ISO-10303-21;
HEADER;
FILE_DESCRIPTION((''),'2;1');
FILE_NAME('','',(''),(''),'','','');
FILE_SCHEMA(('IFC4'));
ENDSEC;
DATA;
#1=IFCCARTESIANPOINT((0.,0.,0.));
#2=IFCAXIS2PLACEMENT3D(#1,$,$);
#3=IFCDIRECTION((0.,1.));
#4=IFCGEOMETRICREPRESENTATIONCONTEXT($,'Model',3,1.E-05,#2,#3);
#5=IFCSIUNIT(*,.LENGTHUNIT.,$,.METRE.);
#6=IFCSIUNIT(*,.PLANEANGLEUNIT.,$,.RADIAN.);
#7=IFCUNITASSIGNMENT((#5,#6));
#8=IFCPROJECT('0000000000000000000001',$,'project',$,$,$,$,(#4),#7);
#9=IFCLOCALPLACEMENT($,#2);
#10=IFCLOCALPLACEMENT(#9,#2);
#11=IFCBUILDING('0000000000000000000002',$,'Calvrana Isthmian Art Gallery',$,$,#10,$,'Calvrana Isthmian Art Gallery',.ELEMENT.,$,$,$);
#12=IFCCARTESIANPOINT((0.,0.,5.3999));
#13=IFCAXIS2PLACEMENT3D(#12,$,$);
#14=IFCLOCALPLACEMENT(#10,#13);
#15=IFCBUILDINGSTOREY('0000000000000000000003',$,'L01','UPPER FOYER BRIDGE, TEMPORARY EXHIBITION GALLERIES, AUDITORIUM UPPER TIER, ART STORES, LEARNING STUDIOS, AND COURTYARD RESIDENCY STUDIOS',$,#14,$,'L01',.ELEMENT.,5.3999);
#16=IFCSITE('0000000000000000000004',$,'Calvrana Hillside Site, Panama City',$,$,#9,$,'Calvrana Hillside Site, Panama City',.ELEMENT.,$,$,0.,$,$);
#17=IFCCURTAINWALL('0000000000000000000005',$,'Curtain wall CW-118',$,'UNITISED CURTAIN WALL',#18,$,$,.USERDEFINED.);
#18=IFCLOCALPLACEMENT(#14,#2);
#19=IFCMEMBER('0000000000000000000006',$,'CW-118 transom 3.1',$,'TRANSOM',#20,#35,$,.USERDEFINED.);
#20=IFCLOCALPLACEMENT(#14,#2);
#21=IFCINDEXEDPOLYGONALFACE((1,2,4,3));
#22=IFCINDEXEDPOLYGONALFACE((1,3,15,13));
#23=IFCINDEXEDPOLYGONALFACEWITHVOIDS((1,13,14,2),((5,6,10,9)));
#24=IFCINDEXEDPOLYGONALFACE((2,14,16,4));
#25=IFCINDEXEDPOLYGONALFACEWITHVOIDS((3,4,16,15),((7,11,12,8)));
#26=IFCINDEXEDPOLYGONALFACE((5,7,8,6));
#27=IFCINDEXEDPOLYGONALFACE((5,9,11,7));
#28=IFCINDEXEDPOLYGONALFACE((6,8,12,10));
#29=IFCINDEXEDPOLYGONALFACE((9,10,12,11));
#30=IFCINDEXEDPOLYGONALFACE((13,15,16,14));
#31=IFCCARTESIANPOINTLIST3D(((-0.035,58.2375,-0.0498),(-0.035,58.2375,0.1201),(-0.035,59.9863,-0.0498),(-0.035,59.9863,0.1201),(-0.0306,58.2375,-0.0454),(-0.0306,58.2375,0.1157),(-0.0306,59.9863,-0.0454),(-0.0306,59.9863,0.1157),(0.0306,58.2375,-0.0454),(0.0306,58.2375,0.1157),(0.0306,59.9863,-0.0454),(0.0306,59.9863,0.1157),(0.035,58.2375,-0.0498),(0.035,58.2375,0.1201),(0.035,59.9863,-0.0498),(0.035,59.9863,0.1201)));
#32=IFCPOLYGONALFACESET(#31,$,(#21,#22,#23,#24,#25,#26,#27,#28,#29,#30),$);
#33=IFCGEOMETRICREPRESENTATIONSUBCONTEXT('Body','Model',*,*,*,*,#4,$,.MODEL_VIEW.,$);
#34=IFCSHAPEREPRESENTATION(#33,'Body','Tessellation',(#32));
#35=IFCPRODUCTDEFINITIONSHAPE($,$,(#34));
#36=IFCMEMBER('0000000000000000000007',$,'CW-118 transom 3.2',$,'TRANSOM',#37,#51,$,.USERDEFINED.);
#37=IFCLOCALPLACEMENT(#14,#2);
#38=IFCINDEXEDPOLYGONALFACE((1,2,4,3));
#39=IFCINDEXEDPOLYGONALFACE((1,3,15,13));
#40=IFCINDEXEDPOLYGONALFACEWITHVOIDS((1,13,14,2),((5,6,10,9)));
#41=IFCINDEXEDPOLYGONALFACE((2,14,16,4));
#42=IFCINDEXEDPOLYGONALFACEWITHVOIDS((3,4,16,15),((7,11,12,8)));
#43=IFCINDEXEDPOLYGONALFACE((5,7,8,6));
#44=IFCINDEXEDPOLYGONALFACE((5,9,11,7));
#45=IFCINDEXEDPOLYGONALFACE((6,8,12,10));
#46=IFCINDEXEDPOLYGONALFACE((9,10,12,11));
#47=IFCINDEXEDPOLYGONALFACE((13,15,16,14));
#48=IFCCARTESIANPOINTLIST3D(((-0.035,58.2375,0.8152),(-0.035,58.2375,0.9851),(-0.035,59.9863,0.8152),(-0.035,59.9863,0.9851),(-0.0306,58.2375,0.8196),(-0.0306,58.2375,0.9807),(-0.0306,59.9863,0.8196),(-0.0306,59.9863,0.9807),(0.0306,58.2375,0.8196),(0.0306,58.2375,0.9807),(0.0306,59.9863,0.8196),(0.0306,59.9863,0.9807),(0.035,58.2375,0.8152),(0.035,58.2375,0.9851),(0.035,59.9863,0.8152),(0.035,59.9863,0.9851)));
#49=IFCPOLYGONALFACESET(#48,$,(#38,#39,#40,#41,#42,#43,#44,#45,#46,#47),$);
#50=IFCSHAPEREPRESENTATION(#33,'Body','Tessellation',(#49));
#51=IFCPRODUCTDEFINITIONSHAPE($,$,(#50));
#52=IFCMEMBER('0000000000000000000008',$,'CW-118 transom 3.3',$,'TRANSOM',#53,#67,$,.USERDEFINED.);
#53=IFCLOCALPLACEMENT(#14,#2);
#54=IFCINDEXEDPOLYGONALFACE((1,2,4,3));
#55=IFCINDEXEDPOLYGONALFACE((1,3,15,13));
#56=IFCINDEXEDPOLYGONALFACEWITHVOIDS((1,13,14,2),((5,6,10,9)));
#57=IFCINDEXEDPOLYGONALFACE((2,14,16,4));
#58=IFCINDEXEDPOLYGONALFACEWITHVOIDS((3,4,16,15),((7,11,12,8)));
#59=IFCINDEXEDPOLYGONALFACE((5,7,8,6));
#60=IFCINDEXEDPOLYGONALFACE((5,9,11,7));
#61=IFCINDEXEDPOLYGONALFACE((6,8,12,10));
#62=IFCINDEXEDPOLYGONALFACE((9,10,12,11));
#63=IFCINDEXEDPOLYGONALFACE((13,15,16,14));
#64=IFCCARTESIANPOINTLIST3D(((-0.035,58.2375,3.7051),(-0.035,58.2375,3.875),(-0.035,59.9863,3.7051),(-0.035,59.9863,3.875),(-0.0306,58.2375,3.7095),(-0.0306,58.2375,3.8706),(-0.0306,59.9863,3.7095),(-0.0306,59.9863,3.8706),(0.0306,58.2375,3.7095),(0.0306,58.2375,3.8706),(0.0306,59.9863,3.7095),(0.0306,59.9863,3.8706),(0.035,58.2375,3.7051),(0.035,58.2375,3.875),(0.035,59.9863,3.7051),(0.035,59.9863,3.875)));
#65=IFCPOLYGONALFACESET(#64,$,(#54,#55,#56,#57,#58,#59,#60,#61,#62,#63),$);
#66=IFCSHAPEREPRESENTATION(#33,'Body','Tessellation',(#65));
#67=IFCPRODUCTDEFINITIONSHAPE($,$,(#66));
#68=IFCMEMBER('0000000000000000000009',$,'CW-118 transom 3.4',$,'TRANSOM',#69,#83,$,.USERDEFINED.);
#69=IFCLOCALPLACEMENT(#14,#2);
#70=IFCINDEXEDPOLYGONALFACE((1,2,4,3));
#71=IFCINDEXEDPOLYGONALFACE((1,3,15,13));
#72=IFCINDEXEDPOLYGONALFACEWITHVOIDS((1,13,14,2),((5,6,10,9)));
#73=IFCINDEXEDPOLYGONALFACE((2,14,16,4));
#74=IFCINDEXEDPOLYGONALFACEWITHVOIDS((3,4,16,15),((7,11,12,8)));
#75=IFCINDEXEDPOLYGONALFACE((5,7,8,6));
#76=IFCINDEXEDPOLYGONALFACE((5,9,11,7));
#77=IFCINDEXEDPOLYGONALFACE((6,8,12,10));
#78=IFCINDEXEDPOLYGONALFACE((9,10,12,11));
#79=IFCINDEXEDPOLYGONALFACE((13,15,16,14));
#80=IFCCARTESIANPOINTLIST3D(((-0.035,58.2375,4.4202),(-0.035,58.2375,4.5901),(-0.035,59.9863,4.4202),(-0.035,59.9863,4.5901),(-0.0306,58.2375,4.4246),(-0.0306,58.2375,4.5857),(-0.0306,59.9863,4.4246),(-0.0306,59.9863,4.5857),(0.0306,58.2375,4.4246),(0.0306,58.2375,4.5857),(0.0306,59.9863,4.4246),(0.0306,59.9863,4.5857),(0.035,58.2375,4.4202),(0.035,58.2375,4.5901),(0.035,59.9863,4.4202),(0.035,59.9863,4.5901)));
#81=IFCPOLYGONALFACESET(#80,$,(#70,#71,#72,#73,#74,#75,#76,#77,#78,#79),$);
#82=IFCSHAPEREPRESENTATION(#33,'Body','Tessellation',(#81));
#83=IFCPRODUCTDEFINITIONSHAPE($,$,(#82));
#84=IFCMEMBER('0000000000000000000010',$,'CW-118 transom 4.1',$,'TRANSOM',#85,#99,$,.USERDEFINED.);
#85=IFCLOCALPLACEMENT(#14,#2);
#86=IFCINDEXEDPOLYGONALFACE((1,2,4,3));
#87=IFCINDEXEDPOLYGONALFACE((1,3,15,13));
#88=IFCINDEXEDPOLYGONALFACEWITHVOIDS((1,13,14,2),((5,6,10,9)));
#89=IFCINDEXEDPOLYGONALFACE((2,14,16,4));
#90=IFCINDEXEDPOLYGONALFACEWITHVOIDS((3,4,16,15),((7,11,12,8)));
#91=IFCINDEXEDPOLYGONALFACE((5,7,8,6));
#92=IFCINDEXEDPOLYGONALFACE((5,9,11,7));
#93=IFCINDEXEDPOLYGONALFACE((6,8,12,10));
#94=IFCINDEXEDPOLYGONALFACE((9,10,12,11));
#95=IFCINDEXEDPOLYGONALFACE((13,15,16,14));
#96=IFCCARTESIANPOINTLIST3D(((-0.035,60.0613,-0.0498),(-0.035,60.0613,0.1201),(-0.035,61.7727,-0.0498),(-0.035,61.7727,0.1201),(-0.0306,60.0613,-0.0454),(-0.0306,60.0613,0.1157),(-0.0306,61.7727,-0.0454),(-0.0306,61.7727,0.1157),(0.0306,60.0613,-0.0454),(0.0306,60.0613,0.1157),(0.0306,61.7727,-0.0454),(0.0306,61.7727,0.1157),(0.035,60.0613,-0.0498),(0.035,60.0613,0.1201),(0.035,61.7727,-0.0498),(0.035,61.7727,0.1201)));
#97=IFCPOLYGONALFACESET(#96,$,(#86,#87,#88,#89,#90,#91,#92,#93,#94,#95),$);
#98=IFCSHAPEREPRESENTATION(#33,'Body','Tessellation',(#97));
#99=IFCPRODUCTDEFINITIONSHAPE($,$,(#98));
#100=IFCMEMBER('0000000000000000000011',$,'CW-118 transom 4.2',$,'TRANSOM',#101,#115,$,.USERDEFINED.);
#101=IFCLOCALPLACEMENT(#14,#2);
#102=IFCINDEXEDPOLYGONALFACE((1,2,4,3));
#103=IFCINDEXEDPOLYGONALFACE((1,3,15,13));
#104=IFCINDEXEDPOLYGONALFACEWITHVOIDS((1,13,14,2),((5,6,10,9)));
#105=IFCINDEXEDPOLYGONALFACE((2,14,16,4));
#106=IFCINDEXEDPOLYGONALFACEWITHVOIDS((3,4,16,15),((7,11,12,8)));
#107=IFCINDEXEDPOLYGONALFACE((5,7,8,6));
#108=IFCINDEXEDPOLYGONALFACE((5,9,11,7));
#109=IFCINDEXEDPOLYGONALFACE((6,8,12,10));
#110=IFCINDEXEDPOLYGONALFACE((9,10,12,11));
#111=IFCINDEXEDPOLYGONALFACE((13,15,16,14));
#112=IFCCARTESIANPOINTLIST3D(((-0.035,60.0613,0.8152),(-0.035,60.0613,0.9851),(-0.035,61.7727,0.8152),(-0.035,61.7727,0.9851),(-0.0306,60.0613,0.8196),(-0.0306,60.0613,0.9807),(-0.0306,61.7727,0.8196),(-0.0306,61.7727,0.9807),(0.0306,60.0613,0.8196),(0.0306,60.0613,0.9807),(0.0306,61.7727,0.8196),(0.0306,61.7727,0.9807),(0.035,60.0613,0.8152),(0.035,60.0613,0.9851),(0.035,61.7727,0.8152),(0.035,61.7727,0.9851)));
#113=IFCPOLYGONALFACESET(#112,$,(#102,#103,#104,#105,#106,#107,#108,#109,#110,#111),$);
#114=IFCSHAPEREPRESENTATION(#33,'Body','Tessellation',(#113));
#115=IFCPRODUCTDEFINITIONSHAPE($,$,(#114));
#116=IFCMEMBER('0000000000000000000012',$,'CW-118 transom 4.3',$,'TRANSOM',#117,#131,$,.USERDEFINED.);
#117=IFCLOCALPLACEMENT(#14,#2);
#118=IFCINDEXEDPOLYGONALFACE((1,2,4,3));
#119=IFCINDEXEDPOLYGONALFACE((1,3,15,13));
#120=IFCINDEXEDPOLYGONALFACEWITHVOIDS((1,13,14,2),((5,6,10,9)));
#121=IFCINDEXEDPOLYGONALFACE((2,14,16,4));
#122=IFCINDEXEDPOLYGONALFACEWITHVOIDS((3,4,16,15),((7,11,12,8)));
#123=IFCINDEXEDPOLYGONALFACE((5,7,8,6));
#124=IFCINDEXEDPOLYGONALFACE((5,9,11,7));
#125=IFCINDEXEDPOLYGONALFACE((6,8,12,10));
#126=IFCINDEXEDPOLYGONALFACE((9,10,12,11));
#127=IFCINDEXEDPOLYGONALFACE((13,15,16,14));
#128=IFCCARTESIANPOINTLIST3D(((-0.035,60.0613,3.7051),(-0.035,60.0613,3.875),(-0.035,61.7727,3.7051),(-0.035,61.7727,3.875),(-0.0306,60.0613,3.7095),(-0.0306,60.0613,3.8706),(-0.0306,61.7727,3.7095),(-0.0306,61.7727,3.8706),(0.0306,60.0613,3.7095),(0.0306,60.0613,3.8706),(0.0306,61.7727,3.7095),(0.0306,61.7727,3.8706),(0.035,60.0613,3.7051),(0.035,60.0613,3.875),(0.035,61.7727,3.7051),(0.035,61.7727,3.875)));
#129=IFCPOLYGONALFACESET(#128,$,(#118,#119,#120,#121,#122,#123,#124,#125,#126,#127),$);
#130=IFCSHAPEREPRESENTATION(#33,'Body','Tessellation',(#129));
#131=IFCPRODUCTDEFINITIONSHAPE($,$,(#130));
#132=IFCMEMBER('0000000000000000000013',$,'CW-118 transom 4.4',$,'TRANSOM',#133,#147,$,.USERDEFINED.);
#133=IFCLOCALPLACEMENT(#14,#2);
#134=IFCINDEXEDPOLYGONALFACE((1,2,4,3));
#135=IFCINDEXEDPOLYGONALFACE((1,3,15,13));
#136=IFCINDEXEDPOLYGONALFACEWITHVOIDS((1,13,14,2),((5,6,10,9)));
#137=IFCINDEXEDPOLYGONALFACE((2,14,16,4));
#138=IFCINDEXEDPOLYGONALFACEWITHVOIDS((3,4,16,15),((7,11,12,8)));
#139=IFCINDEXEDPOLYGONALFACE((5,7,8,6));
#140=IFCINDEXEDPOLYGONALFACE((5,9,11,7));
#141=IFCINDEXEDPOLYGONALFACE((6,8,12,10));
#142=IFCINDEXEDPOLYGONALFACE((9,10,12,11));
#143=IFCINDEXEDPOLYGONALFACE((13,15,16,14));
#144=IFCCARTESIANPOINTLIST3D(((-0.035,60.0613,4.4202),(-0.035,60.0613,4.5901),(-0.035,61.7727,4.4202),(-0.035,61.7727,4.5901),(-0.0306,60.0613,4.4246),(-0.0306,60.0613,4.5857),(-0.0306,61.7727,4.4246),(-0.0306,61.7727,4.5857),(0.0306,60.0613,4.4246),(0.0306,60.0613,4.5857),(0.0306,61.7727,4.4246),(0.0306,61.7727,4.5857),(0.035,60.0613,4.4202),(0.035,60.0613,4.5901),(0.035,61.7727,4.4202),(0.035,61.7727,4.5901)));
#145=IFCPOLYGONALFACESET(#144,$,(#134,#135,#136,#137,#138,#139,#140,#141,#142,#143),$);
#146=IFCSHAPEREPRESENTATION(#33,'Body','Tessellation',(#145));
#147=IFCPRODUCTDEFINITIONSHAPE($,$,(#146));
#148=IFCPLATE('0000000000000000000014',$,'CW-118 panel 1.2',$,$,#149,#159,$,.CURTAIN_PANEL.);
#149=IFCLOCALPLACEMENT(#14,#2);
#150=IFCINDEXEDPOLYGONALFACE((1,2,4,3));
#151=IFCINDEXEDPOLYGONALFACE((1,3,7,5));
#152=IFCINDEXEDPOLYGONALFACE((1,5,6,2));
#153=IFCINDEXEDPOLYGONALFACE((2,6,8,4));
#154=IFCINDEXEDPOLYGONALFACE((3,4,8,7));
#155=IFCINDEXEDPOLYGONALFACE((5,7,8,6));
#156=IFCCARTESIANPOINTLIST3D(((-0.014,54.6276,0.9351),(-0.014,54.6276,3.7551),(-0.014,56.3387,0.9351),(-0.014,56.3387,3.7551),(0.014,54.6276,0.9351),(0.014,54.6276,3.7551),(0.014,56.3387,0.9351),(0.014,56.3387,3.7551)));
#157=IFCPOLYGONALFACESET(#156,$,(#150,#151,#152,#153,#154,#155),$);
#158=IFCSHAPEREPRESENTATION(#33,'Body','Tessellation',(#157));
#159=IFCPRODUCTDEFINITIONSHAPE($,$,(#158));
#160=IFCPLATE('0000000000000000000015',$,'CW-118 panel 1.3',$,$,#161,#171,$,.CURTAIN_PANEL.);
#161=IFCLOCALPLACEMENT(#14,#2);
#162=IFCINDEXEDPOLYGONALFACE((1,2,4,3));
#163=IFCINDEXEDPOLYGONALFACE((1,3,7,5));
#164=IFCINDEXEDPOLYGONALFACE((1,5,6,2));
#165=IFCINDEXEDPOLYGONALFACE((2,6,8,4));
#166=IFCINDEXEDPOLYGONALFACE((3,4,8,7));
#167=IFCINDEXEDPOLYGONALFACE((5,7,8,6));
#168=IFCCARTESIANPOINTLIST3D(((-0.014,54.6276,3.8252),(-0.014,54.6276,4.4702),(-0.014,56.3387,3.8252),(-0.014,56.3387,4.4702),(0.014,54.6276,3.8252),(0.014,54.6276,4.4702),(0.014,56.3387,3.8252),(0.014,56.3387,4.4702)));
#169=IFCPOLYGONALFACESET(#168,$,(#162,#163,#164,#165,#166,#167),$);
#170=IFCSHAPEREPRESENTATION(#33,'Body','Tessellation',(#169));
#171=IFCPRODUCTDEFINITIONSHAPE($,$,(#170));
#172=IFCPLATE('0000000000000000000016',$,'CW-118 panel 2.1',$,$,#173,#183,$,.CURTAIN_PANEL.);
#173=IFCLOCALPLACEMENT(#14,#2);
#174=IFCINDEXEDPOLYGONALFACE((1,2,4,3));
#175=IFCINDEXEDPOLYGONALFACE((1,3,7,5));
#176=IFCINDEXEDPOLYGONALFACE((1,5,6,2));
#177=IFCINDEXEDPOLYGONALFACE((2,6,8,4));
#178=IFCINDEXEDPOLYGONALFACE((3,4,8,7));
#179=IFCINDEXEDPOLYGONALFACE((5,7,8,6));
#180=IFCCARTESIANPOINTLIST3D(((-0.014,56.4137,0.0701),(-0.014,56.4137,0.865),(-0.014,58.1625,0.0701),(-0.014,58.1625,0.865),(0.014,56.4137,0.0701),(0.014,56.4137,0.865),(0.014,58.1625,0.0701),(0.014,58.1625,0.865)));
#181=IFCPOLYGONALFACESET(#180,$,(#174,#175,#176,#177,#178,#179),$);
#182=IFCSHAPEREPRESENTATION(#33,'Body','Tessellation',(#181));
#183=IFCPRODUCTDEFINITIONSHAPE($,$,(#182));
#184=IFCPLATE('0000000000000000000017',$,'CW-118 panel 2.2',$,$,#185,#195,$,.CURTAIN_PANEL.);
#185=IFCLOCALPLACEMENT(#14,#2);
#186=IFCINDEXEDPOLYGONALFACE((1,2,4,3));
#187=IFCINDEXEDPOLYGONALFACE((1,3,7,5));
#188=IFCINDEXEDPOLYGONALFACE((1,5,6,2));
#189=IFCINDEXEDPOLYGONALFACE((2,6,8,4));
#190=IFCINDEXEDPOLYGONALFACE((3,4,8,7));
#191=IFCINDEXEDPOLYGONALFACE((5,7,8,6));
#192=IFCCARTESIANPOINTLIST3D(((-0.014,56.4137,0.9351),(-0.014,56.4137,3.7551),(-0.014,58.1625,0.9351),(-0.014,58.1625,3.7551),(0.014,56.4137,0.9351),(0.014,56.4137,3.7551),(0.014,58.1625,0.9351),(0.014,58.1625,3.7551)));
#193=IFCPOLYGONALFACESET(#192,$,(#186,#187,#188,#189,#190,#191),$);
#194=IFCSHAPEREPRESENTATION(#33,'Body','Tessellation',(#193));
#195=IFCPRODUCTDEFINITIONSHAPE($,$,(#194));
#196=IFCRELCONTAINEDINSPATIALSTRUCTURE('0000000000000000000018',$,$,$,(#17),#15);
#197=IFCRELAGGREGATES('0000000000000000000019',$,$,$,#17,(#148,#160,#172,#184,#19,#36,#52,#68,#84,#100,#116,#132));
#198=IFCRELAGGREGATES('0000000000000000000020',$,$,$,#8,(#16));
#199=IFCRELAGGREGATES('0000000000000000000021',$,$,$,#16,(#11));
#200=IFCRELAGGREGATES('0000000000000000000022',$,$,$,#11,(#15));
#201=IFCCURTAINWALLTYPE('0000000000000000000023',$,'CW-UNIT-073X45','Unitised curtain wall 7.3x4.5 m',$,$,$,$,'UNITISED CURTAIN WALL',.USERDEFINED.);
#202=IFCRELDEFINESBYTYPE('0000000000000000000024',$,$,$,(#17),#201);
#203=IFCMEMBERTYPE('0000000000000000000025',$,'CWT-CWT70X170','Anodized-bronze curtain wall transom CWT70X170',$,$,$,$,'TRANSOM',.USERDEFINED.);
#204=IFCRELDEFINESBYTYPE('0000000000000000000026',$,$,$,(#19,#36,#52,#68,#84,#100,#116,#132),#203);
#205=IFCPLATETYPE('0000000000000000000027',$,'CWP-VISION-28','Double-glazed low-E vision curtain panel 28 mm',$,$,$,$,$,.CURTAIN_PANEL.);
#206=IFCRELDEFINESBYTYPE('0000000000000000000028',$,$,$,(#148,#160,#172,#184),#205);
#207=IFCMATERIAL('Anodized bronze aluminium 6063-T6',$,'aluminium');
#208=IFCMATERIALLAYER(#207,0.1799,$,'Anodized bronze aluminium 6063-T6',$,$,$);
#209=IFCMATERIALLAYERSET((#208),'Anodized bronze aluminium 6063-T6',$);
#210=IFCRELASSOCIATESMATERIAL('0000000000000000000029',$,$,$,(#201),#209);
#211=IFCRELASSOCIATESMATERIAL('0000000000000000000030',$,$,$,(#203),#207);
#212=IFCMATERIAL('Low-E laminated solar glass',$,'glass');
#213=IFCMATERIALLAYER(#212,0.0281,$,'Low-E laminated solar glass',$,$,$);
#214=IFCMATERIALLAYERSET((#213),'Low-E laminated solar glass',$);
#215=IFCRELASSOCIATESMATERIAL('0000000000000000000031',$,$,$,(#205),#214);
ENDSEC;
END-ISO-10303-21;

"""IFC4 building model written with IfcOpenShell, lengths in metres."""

from ifc_helpers import new_model, si_unit, direction, frame, origin, origin_2d, place, context, subcontext, project, spatial, rectangle, hollow_rectangle, extrude, material, layer, layer_set, material_profile, profile_set, type_object, element, aggregate, save


model = new_model("IFC4")

# Units and contexts
model_context = context("Model", 3, precision=1e-05, world=origin(), true_north=direction((0.0, 1.0)))
body_context = subcontext(model_context, "Body", "Model", "MODEL_VIEW")
ifc_project = project(units=[si_unit("LENGTHUNIT", "METRE"), si_unit("PLANEANGLEUNIT", "RADIAN")], contexts=[model_context])

# Site, building, storey
site_placement = place(None, origin())
site = spatial("IfcSite", under=ifc_project, at=site_placement, Name="Calvrana Hillside Site, Panama City", LongName="Calvrana Hillside Site, Panama City", CompositionType="ELEMENT", RefElevation=0.0)
building_placement = place(site_placement, origin())
building = spatial("IfcBuilding", under=site, at=building_placement, Name="Calvrana Isthmian Art Gallery", LongName="Calvrana Isthmian Art Gallery", CompositionType="ELEMENT")
storey_placement = place(building_placement, frame((0.0, 0.0, 5.3999)))
storey = spatial("IfcBuildingStorey", under=building, at=storey_placement, Name="L01", Description="UPPER FOYER BRIDGE, TEMPORARY EXHIBITION GALLERIES, AUDITORIUM UPPER TIER, ART STORES, LEARNING STUDIOS, AND COURTYARD RESIDENCY STUDIOS", LongName="L01", CompositionType="ELEMENT", Elevation=5.3999)

# Curtain wall, members, plates
ifc_material_1 = material(Name="Anodized bronze aluminium 6063-T6", Category="aluminium")
ifc_layer_1 = layer(ifc_material_1, 0.1799, Name="Anodized bronze aluminium 6063-T6")
ifc_layer_set_1 = layer_set([ifc_layer_1], Name="Anodized bronze aluminium 6063-T6")
curtain_wall_type = type_object("IfcCurtainWallType", Name="CW-UNIT-073X45", Description="Unitised curtain wall 7.3x4.5 m", ElementType="UNITISED CURTAIN WALL", PredefinedType="USERDEFINED", material=ifc_layer_set_1)
curtain_wall_placement = place(storey_placement, origin())
curtain_wall = element("IfcCurtainWall", 1, at=curtain_wall_placement, inside=storey, type_object=curtain_wall_type, Name="Curtain wall CW-118", ObjectType="UNITISED CURTAIN WALL", PredefinedType="USERDEFINED")
ifc_material_profile_1 = material_profile(ifc_material_1, hollow_rectangle(XDim=0.0701, YDim=0.1699, WallThickness=0.0044, at=origin_2d()), Name="CWT70X170")
ifc_profile_set_1 = profile_set([ifc_material_profile_1], Name="Anodized bronze aluminium 6063-T6")
member_type_1 = type_object("IfcMemberType", Name="CWT-CWT70X170", Description="Anodized-bronze curtain wall transom CWT70X170", ElementType="TRANSOM", PredefinedType="USERDEFINED", material=ifc_profile_set_1)
member_1_placement = place(storey_placement, frame((0.0, 58.2375, 0.0352), z_axis=(0.0, 1.0, 0.0), x_axis=(-1.0, 0.0, 0.0)))
member_1 = element("IfcMember", 2, at=member_1_placement, type_object=member_type_1, Name="CW-118 transom 3.1", ObjectType="TRANSOM", PredefinedType="USERDEFINED", context=body_context, shape_type="SweptSolid", body=[
    extrude(hollow_rectangle(XDim=0.0701, YDim=0.1699, WallThickness=0.0044, at=origin_2d()), origin(), (0.0, 0.0, 1.0), 1.7488),
])
member_2_placement = place(storey_placement, frame((0.0, 58.2375, 0.9001), z_axis=(0.0, 1.0, 0.0), x_axis=(-1.0, 0.0, 0.0)))
member_2 = element("IfcMember", 3, at=member_2_placement, type_object=member_type_1, Name="CW-118 transom 3.2", ObjectType="TRANSOM", PredefinedType="USERDEFINED", context=body_context, shape_type="SweptSolid", body=[
    extrude(hollow_rectangle(XDim=0.0701, YDim=0.1699, WallThickness=0.0044, at=origin_2d()), origin(), (0.0, 0.0, 1.0), 1.7488),
])
member_3_placement = place(storey_placement, frame((0.0, 58.2375, 3.79), z_axis=(0.0, 1.0, 0.0), x_axis=(-1.0, 0.0, 0.0)))
member_3 = element("IfcMember", 4, at=member_3_placement, type_object=member_type_1, Name="CW-118 transom 3.3", ObjectType="TRANSOM", PredefinedType="USERDEFINED", context=body_context, shape_type="SweptSolid", body=[
    extrude(hollow_rectangle(XDim=0.0701, YDim=0.1699, WallThickness=0.0044, at=origin_2d()), origin(), (0.0, 0.0, 1.0), 1.7488),
])
member_4_placement = place(storey_placement, frame((0.0, 58.2375, 4.5051), z_axis=(0.0, 1.0, 0.0), x_axis=(-1.0, 0.0, 0.0)))
member_4 = element("IfcMember", 5, at=member_4_placement, type_object=member_type_1, Name="CW-118 transom 3.4", ObjectType="TRANSOM", PredefinedType="USERDEFINED", context=body_context, shape_type="SweptSolid", body=[
    extrude(hollow_rectangle(XDim=0.0701, YDim=0.1699, WallThickness=0.0044, at=origin_2d()), origin(), (0.0, 0.0, 1.0), 1.7488),
])
member_5_placement = place(storey_placement, frame((0.0, 60.0613, 0.0352), z_axis=(0.0, 1.0, 0.0), x_axis=(-1.0, 0.0, 0.0)))
member_5 = element("IfcMember", 6, at=member_5_placement, type_object=member_type_1, Name="CW-118 transom 4.1", ObjectType="TRANSOM", PredefinedType="USERDEFINED", context=body_context, shape_type="SweptSolid", body=[
    extrude(hollow_rectangle(XDim=0.0701, YDim=0.1699, WallThickness=0.0044, at=origin_2d()), origin(), (0.0, 0.0, 1.0), 1.7114),
])
member_6_placement = place(storey_placement, frame((0.0, 60.0613, 0.9001), z_axis=(0.0, 1.0, 0.0), x_axis=(-1.0, 0.0, 0.0)))
member_6 = element("IfcMember", 7, at=member_6_placement, type_object=member_type_1, Name="CW-118 transom 4.2", ObjectType="TRANSOM", PredefinedType="USERDEFINED", context=body_context, shape_type="SweptSolid", body=[
    extrude(hollow_rectangle(XDim=0.0701, YDim=0.1699, WallThickness=0.0044, at=origin_2d()), origin(), (0.0, 0.0, 1.0), 1.7114),
])
member_7_placement = place(storey_placement, frame((0.0, 60.0613, 3.79), z_axis=(0.0, 1.0, 0.0), x_axis=(-1.0, 0.0, 0.0)))
member_7 = element("IfcMember", 8, at=member_7_placement, type_object=member_type_1, Name="CW-118 transom 4.3", ObjectType="TRANSOM", PredefinedType="USERDEFINED", context=body_context, shape_type="SweptSolid", body=[
    extrude(hollow_rectangle(XDim=0.0701, YDim=0.1699, WallThickness=0.0044, at=origin_2d()), origin(), (0.0, 0.0, 1.0), 1.7114),
])
member_8_placement = place(storey_placement, frame((0.0, 60.0613, 4.5051), z_axis=(0.0, 1.0, 0.0), x_axis=(-1.0, 0.0, 0.0)))
member_8 = element("IfcMember", 9, at=member_8_placement, type_object=member_type_1, Name="CW-118 transom 4.4", ObjectType="TRANSOM", PredefinedType="USERDEFINED", context=body_context, shape_type="SweptSolid", body=[
    extrude(hollow_rectangle(XDim=0.0701, YDim=0.1699, WallThickness=0.0044, at=origin_2d()), origin(), (0.0, 0.0, 1.0), 1.7114),
])
ifc_material_2 = material(Name="Low-E laminated solar glass", Category="glass")
ifc_layer_2 = layer(ifc_material_2, 0.0281, Name="Low-E laminated solar glass")
ifc_layer_set_2 = layer_set([ifc_layer_2], Name="Low-E laminated solar glass")
plate_type_1 = type_object("IfcPlateType", Name="CWP-VISION-28", Description="Double-glazed low-E vision curtain panel 28 mm", PredefinedType="CURTAIN_PANEL", material=ifc_layer_set_2)
plate_1_placement = place(storey_placement, frame((0.0, 55.4832, 0.9351), z_axis=(0.0, 0.0, 1.0), x_axis=(0.0, 1.0, 0.0)))
plate_1 = element("IfcPlate", 10, at=plate_1_placement, type_object=plate_type_1, Name="CW-118 panel 1.2", PredefinedType="CURTAIN_PANEL", context=body_context, shape_type="SweptSolid", body=[
    extrude(rectangle(XDim=1.7112, YDim=0.0281, at=origin_2d()), origin(), (0.0, 0.0, 1.0), 2.8201),
])
plate_2_placement = place(storey_placement, frame((0.0, 55.4832, 3.8252), z_axis=(0.0, 0.0, 1.0), x_axis=(0.0, 1.0, 0.0)))
plate_2 = element("IfcPlate", 11, at=plate_2_placement, type_object=plate_type_1, Name="CW-118 panel 1.3", PredefinedType="CURTAIN_PANEL", context=body_context, shape_type="SweptSolid", body=[
    extrude(rectangle(XDim=1.7112, YDim=0.0281, at=origin_2d()), origin(), (0.0, 0.0, 1.0), 0.645),
])
plate_3_placement = place(storey_placement, frame((0.0, 57.2881, 0.0701), z_axis=(0.0, 0.0, 1.0), x_axis=(0.0, 1.0, 0.0)))
plate_3 = element("IfcPlate", 12, at=plate_3_placement, type_object=plate_type_1, Name="CW-118 panel 2.1", PredefinedType="CURTAIN_PANEL", context=body_context, shape_type="SweptSolid", body=[
    extrude(rectangle(XDim=1.7488, YDim=0.0281, at=origin_2d()), origin(), (0.0, 0.0, 1.0), 0.7949),
])
plate_4_placement = place(storey_placement, frame((0.0, 57.2881, 0.9351), z_axis=(0.0, 0.0, 1.0), x_axis=(0.0, 1.0, 0.0)))
plate_4 = element("IfcPlate", 13, at=plate_4_placement, type_object=plate_type_1, Name="CW-118 panel 2.2", PredefinedType="CURTAIN_PANEL", context=body_context, shape_type="SweptSolid", body=[
    extrude(rectangle(XDim=1.7488, YDim=0.0281, at=origin_2d()), origin(), (0.0, 0.0, 1.0), 2.8201),
])
aggregate(curtain_wall, [plate_1, plate_2, plate_3, plate_4, member_1, member_2, member_3, member_4, member_5, member_6, member_7, member_8])

save(model, "model.ifc")
